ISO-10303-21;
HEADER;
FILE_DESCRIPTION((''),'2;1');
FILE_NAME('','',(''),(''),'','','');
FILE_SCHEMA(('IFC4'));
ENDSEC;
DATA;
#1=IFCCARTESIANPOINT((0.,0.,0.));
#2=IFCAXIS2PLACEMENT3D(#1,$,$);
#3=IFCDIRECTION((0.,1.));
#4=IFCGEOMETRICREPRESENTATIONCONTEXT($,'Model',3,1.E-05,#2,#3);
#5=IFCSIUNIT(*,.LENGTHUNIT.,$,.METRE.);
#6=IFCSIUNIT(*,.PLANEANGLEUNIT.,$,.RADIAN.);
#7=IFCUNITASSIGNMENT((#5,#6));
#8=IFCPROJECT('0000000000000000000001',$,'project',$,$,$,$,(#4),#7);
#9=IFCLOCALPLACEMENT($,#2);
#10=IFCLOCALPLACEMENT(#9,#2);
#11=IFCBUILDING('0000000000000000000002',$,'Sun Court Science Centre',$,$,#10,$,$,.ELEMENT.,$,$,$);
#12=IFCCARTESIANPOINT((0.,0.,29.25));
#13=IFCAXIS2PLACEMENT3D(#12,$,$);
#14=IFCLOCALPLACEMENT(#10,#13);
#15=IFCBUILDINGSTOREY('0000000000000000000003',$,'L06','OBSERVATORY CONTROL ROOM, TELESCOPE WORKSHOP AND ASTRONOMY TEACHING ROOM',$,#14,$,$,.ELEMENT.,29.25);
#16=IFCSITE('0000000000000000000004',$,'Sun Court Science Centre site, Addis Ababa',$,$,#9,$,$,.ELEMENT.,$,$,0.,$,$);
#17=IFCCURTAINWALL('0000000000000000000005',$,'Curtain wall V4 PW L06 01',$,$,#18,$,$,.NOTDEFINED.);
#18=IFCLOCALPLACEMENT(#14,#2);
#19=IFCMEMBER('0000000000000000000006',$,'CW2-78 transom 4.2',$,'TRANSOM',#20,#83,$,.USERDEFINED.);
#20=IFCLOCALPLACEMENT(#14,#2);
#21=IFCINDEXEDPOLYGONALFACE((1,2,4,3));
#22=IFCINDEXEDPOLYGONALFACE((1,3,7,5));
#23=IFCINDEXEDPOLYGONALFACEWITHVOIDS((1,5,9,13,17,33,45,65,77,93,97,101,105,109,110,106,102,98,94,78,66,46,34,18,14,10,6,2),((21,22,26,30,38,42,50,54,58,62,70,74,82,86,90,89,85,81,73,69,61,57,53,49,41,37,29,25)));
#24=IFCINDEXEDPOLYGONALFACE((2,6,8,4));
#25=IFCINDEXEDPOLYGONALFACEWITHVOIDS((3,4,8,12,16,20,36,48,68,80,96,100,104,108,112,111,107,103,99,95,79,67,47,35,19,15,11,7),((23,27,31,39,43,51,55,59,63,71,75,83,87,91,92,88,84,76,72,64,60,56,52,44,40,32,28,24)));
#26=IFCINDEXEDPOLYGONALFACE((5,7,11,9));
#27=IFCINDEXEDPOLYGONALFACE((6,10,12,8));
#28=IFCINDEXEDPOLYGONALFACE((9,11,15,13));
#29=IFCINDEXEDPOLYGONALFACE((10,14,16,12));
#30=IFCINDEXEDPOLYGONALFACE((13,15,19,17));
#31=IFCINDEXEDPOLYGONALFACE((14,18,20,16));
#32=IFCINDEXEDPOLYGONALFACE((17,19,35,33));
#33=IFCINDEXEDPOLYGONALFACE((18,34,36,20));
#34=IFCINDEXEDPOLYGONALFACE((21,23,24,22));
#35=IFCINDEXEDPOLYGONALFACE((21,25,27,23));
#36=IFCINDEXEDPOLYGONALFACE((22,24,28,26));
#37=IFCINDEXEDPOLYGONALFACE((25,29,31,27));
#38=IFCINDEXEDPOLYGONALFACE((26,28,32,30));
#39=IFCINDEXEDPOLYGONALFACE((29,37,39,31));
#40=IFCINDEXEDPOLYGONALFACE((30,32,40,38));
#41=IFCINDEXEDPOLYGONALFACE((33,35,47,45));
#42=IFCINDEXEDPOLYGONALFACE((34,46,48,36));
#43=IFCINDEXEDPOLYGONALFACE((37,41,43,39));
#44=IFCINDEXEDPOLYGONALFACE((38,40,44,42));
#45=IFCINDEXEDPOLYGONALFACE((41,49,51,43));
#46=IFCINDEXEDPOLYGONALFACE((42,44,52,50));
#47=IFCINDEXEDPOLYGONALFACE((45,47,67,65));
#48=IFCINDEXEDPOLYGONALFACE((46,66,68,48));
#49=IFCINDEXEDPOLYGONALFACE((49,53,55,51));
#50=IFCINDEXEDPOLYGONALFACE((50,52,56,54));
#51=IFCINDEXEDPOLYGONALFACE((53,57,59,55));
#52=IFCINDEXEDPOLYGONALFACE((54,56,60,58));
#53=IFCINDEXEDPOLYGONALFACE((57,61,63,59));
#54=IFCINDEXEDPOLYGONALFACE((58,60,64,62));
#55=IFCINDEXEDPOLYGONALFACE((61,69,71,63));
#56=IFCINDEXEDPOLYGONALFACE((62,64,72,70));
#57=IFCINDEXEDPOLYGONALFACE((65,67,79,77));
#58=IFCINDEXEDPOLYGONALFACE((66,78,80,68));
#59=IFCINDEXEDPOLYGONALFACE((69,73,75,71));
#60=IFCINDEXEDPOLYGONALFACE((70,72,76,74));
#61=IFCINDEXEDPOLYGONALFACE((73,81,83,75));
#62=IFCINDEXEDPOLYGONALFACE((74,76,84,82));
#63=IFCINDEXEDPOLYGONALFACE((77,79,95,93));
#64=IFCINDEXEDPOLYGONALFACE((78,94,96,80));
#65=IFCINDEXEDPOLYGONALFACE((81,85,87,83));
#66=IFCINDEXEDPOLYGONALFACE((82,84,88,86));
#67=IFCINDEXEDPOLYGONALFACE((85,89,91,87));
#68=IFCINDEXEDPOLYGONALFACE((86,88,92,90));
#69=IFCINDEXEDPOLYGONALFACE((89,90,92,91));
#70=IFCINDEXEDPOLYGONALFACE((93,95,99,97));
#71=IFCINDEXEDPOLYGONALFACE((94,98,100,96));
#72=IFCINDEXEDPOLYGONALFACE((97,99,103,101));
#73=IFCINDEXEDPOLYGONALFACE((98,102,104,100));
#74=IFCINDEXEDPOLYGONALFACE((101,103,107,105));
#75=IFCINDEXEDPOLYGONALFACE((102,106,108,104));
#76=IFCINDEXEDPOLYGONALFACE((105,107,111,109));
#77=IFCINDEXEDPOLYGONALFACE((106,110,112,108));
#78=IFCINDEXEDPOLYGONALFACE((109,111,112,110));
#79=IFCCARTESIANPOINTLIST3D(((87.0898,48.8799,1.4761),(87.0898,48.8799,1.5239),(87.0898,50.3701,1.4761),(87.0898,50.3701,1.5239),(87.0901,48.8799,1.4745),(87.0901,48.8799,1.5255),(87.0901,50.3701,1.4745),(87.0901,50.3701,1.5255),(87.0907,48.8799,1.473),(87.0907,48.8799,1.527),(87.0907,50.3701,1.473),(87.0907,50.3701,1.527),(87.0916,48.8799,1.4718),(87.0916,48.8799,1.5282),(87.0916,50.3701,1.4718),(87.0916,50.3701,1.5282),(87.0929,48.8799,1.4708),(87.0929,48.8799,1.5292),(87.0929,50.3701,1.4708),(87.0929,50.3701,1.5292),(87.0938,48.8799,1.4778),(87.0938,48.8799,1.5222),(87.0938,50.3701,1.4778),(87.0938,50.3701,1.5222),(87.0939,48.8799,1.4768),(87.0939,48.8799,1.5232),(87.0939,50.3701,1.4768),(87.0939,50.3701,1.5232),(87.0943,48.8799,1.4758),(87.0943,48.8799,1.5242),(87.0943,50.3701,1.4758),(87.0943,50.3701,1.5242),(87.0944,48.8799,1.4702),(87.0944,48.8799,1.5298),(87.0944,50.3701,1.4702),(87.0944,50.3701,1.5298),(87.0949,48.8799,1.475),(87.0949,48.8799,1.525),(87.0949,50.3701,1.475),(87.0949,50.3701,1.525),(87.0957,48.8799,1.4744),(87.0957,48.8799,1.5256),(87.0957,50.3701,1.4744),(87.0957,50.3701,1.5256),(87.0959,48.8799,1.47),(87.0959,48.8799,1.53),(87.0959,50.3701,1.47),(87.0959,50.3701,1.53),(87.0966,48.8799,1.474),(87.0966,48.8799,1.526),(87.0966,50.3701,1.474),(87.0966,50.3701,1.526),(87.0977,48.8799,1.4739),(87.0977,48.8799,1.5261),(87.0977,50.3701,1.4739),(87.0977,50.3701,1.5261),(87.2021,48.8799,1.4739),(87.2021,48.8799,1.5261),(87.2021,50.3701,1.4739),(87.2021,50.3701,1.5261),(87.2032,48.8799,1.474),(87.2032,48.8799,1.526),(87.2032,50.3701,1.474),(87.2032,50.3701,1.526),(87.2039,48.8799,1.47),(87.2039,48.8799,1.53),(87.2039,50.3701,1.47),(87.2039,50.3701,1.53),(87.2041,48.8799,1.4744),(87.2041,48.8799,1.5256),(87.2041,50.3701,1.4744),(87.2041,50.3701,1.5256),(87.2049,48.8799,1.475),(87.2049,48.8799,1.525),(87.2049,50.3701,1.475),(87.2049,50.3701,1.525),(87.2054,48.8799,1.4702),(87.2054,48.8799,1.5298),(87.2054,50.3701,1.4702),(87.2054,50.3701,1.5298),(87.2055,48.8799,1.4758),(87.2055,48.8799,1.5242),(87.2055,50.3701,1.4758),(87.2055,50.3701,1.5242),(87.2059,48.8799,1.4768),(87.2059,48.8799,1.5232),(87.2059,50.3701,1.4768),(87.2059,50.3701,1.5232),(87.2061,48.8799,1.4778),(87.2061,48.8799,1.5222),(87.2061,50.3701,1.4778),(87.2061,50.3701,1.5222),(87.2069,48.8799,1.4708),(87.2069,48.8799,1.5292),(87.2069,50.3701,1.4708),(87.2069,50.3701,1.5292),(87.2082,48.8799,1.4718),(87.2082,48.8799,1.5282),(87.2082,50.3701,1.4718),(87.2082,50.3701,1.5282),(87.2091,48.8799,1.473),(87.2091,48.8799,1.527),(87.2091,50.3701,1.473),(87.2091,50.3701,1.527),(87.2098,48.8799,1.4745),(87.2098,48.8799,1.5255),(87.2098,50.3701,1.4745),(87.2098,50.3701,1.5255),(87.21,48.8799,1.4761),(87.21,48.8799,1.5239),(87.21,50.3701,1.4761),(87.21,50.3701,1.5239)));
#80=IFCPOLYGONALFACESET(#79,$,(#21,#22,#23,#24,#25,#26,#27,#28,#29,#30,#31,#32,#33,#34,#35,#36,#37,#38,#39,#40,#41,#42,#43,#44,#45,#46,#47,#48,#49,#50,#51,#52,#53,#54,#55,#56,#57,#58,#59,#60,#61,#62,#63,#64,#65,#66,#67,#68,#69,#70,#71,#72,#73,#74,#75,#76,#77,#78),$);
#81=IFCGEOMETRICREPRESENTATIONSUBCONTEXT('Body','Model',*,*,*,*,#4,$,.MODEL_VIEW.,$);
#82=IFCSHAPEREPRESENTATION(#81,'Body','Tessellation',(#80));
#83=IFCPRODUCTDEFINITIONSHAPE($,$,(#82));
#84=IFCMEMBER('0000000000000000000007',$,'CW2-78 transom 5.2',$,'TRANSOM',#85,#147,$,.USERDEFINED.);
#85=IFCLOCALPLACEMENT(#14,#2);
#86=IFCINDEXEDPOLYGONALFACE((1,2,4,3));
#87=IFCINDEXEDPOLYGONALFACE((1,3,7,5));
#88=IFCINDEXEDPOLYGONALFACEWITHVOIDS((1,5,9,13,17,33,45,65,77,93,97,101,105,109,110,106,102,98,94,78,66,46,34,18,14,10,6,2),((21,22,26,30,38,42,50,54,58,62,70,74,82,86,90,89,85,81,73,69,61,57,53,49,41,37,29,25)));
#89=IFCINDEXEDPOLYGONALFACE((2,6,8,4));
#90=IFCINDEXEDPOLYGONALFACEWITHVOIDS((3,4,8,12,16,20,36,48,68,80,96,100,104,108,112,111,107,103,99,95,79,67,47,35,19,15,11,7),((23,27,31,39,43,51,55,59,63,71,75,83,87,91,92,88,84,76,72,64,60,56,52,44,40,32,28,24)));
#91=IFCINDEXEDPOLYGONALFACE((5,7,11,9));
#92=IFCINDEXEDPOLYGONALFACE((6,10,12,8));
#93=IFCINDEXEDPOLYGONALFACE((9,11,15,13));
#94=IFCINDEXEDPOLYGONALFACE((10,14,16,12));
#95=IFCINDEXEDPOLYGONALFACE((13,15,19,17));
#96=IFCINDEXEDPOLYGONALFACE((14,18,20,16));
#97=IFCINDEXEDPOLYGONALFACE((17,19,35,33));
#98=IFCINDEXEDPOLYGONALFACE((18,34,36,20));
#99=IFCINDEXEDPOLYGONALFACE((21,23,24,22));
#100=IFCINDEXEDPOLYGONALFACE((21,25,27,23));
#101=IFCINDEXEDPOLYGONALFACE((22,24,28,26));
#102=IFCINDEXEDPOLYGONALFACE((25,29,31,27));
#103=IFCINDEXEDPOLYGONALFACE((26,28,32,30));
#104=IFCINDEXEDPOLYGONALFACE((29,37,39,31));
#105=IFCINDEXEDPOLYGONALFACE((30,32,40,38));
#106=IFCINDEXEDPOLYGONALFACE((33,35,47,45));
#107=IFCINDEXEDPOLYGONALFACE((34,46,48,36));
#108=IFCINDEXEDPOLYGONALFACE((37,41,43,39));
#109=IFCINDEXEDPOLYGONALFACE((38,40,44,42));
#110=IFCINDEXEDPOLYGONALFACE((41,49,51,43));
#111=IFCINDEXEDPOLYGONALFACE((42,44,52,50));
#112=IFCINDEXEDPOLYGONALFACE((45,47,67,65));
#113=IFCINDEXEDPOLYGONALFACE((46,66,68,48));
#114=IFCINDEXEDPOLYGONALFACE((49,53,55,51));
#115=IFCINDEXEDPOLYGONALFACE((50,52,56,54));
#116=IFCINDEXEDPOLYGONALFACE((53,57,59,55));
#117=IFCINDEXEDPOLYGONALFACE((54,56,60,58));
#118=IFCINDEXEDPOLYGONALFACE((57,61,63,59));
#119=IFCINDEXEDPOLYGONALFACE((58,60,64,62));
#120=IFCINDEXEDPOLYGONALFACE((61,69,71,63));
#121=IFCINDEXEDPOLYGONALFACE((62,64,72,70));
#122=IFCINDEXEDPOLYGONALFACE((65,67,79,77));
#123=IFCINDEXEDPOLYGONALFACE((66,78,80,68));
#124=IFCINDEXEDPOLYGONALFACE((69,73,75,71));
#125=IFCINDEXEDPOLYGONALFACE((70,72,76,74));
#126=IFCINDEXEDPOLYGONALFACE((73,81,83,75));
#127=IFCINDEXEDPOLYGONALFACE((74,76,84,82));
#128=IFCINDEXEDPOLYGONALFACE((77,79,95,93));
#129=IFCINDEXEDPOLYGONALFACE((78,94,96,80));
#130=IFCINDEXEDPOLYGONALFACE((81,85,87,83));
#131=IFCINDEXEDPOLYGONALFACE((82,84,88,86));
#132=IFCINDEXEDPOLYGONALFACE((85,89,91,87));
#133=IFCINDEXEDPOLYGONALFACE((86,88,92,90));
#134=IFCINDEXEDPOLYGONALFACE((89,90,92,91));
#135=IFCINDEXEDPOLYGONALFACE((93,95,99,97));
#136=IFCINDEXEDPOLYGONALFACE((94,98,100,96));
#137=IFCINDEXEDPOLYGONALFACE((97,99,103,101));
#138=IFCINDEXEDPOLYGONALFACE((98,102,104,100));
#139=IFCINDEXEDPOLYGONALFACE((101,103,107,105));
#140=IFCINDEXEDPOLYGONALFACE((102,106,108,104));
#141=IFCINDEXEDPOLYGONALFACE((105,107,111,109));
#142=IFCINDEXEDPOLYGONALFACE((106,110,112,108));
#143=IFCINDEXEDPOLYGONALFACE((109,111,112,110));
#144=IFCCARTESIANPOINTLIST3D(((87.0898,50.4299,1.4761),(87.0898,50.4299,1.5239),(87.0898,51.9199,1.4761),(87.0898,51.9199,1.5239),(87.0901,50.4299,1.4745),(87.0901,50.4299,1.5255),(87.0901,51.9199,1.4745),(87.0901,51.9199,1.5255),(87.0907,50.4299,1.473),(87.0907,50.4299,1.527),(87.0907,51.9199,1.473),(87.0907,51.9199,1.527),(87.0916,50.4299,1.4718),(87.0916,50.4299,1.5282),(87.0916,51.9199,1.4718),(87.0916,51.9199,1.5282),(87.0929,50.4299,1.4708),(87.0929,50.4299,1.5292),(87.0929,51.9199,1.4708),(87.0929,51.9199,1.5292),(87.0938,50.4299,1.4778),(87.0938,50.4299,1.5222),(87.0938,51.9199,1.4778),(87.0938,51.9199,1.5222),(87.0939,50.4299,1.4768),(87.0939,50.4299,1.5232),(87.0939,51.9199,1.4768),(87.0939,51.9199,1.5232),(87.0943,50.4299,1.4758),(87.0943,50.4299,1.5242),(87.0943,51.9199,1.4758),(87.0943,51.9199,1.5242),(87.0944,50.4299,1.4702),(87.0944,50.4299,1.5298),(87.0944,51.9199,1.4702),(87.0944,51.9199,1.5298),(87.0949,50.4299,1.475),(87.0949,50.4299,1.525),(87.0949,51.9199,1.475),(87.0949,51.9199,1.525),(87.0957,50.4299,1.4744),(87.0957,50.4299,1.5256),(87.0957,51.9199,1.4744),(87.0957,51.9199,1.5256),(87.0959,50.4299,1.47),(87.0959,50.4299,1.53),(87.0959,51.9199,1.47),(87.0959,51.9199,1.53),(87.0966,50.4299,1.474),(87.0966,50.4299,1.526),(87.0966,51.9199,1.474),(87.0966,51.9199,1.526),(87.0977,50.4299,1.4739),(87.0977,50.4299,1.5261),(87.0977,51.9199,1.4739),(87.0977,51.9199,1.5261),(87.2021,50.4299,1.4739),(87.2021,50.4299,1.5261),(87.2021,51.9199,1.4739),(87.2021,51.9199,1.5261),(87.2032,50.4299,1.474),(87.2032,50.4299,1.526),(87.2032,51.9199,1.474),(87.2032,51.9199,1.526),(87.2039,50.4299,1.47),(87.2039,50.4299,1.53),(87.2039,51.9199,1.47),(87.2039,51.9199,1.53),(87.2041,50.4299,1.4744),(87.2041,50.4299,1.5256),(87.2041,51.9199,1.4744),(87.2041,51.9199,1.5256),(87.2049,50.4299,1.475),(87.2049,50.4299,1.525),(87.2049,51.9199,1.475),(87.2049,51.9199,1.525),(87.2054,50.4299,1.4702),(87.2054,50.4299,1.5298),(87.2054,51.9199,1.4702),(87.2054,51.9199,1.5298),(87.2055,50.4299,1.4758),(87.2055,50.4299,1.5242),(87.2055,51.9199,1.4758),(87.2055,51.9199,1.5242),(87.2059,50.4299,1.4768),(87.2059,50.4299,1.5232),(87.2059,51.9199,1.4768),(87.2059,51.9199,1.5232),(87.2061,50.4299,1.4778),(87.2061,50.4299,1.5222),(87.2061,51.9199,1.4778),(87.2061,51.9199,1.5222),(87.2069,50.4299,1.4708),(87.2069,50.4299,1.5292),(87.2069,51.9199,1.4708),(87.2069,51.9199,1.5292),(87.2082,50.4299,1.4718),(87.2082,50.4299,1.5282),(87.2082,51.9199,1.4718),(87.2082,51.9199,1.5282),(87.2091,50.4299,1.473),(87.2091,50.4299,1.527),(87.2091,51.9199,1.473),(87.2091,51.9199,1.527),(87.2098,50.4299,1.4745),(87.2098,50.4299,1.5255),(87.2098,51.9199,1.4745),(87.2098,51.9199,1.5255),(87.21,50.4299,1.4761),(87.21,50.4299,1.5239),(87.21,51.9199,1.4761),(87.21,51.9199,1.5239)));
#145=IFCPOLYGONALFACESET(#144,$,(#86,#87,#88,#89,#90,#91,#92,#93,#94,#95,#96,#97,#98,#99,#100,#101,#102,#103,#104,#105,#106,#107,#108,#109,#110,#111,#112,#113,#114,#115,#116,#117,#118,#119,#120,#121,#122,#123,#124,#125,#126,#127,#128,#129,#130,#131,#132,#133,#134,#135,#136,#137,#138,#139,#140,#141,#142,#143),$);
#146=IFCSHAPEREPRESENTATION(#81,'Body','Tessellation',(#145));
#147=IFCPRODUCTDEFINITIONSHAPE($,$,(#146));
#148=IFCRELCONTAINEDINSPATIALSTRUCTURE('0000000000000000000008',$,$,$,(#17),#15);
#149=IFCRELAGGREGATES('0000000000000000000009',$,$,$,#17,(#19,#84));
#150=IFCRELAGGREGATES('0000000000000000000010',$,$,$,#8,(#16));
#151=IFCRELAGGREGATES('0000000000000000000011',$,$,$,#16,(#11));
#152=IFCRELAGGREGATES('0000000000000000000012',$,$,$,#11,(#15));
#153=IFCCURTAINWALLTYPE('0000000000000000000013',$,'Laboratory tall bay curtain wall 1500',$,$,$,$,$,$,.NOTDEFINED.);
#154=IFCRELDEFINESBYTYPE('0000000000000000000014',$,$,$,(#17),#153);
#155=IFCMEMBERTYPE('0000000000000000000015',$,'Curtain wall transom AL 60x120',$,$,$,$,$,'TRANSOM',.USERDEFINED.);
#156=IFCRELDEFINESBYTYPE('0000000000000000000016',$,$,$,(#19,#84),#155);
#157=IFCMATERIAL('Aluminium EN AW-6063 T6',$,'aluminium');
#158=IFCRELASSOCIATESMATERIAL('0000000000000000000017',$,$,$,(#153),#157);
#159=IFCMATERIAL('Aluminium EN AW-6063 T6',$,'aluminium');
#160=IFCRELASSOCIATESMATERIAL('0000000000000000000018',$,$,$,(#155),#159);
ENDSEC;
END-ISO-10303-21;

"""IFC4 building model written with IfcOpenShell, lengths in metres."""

from ifc_helpers import new_model, si_unit, direction, frame, origin, origin_2d, place, context, subcontext, project, spatial, hollow_rectangle, extrude, material, material_profile, profile_set, type_object, element, aggregate, save


model = new_model("IFC4")

# Units and contexts
model_context = context("Model", 3, precision=1e-05, world=origin(), true_north=direction((0.0, 1.0)))
body_context = subcontext(model_context, "Body", "Model", "MODEL_VIEW")
ifc_project = project(units=[si_unit("LENGTHUNIT", "METRE"), si_unit("PLANEANGLEUNIT", "RADIAN")], contexts=[model_context])

# Site, building, storey
site_placement = place(None, origin())
site = spatial("IfcSite", under=ifc_project, at=site_placement, Name="Sun Court Science Centre site, Addis Ababa", CompositionType="ELEMENT", RefElevation=0.0)
building_placement = place(site_placement, origin())
building = spatial("IfcBuilding", under=site, at=building_placement, Name="Sun Court Science Centre", CompositionType="ELEMENT")
storey_placement = place(building_placement, frame((0.0, 0.0, 29.25)))
storey = spatial("IfcBuildingStorey", under=building, at=storey_placement, Name="L06", Description="OBSERVATORY CONTROL ROOM, TELESCOPE WORKSHOP AND ASTRONOMY TEACHING ROOM", CompositionType="ELEMENT", Elevation=29.25)

# Curtain wall, members
ifc_material_1 = material(Name="Aluminium EN AW-6063 T6", Category="aluminium")
curtain_wall_type = type_object("IfcCurtainWallType", Name="Laboratory tall bay curtain wall 1500", PredefinedType="NOTDEFINED", material=ifc_material_1)
curtain_wall_placement = place(storey_placement, origin())
curtain_wall = element("IfcCurtainWall", 1, at=curtain_wall_placement, inside=storey, type_object=curtain_wall_type, Name="Curtain wall V4 PW L06 01", PredefinedType="NOTDEFINED")
ifc_material_2 = material(Name="Aluminium EN AW-6063 T6", Category="aluminium")
ifc_material_profile_1 = material_profile(ifc_material_2, hollow_rectangle(XDim=0.0601, YDim=0.1201, WallThickness=0.0039, InnerFilletRadius=0.0039, OuterFilletRadius=0.0061, at=origin_2d()), Name="AL 60x120x4")
ifc_profile_set_1 = profile_set([ifc_material_profile_1], Name="Aluminium EN AW-6063 T6")
member_type_1 = type_object("IfcMemberType", Name="Curtain wall transom AL 60x120", ElementType="TRANSOM", PredefinedType="USERDEFINED", material=ifc_profile_set_1)
member_1_placement = place(storey_placement, frame((87.1499, 48.8799, 1.5), z_axis=(0.0, 1.0, 0.0), x_axis=(0.0, 0.0, 1.0)))
member_1 = element("IfcMember", 2, at=member_1_placement, type_object=member_type_1, Name="CW2-78 transom 4.2", ObjectType="TRANSOM", PredefinedType="USERDEFINED", context=body_context, shape_type="SweptSolid", body=[
    extrude(hollow_rectangle(XDim=0.0601, YDim=0.1201, WallThickness=0.0039, InnerFilletRadius=0.0039, OuterFilletRadius=0.0061, at=origin_2d()), origin(), (0.0, 0.0, 1.0), 1.4902),
])
member_2_placement = place(storey_placement, frame((87.1499, 50.4299, 1.5), z_axis=(0.0, 1.0, 0.0), x_axis=(0.0, 0.0, 1.0)))
member_2 = element("IfcMember", 3, at=member_2_placement, type_object=member_type_1, Name="CW2-78 transom 5.2", ObjectType="TRANSOM", PredefinedType="USERDEFINED", context=body_context, shape_type="SweptSolid", body=[
    extrude(hollow_rectangle(XDim=0.0601, YDim=0.1201, WallThickness=0.0039, InnerFilletRadius=0.0039, OuterFilletRadius=0.0061, at=origin_2d()), origin(), (0.0, 0.0, 1.0), 1.49),
])

aggregate(curtain_wall, [member_1, member_2])

save(model, "model.ifc")
